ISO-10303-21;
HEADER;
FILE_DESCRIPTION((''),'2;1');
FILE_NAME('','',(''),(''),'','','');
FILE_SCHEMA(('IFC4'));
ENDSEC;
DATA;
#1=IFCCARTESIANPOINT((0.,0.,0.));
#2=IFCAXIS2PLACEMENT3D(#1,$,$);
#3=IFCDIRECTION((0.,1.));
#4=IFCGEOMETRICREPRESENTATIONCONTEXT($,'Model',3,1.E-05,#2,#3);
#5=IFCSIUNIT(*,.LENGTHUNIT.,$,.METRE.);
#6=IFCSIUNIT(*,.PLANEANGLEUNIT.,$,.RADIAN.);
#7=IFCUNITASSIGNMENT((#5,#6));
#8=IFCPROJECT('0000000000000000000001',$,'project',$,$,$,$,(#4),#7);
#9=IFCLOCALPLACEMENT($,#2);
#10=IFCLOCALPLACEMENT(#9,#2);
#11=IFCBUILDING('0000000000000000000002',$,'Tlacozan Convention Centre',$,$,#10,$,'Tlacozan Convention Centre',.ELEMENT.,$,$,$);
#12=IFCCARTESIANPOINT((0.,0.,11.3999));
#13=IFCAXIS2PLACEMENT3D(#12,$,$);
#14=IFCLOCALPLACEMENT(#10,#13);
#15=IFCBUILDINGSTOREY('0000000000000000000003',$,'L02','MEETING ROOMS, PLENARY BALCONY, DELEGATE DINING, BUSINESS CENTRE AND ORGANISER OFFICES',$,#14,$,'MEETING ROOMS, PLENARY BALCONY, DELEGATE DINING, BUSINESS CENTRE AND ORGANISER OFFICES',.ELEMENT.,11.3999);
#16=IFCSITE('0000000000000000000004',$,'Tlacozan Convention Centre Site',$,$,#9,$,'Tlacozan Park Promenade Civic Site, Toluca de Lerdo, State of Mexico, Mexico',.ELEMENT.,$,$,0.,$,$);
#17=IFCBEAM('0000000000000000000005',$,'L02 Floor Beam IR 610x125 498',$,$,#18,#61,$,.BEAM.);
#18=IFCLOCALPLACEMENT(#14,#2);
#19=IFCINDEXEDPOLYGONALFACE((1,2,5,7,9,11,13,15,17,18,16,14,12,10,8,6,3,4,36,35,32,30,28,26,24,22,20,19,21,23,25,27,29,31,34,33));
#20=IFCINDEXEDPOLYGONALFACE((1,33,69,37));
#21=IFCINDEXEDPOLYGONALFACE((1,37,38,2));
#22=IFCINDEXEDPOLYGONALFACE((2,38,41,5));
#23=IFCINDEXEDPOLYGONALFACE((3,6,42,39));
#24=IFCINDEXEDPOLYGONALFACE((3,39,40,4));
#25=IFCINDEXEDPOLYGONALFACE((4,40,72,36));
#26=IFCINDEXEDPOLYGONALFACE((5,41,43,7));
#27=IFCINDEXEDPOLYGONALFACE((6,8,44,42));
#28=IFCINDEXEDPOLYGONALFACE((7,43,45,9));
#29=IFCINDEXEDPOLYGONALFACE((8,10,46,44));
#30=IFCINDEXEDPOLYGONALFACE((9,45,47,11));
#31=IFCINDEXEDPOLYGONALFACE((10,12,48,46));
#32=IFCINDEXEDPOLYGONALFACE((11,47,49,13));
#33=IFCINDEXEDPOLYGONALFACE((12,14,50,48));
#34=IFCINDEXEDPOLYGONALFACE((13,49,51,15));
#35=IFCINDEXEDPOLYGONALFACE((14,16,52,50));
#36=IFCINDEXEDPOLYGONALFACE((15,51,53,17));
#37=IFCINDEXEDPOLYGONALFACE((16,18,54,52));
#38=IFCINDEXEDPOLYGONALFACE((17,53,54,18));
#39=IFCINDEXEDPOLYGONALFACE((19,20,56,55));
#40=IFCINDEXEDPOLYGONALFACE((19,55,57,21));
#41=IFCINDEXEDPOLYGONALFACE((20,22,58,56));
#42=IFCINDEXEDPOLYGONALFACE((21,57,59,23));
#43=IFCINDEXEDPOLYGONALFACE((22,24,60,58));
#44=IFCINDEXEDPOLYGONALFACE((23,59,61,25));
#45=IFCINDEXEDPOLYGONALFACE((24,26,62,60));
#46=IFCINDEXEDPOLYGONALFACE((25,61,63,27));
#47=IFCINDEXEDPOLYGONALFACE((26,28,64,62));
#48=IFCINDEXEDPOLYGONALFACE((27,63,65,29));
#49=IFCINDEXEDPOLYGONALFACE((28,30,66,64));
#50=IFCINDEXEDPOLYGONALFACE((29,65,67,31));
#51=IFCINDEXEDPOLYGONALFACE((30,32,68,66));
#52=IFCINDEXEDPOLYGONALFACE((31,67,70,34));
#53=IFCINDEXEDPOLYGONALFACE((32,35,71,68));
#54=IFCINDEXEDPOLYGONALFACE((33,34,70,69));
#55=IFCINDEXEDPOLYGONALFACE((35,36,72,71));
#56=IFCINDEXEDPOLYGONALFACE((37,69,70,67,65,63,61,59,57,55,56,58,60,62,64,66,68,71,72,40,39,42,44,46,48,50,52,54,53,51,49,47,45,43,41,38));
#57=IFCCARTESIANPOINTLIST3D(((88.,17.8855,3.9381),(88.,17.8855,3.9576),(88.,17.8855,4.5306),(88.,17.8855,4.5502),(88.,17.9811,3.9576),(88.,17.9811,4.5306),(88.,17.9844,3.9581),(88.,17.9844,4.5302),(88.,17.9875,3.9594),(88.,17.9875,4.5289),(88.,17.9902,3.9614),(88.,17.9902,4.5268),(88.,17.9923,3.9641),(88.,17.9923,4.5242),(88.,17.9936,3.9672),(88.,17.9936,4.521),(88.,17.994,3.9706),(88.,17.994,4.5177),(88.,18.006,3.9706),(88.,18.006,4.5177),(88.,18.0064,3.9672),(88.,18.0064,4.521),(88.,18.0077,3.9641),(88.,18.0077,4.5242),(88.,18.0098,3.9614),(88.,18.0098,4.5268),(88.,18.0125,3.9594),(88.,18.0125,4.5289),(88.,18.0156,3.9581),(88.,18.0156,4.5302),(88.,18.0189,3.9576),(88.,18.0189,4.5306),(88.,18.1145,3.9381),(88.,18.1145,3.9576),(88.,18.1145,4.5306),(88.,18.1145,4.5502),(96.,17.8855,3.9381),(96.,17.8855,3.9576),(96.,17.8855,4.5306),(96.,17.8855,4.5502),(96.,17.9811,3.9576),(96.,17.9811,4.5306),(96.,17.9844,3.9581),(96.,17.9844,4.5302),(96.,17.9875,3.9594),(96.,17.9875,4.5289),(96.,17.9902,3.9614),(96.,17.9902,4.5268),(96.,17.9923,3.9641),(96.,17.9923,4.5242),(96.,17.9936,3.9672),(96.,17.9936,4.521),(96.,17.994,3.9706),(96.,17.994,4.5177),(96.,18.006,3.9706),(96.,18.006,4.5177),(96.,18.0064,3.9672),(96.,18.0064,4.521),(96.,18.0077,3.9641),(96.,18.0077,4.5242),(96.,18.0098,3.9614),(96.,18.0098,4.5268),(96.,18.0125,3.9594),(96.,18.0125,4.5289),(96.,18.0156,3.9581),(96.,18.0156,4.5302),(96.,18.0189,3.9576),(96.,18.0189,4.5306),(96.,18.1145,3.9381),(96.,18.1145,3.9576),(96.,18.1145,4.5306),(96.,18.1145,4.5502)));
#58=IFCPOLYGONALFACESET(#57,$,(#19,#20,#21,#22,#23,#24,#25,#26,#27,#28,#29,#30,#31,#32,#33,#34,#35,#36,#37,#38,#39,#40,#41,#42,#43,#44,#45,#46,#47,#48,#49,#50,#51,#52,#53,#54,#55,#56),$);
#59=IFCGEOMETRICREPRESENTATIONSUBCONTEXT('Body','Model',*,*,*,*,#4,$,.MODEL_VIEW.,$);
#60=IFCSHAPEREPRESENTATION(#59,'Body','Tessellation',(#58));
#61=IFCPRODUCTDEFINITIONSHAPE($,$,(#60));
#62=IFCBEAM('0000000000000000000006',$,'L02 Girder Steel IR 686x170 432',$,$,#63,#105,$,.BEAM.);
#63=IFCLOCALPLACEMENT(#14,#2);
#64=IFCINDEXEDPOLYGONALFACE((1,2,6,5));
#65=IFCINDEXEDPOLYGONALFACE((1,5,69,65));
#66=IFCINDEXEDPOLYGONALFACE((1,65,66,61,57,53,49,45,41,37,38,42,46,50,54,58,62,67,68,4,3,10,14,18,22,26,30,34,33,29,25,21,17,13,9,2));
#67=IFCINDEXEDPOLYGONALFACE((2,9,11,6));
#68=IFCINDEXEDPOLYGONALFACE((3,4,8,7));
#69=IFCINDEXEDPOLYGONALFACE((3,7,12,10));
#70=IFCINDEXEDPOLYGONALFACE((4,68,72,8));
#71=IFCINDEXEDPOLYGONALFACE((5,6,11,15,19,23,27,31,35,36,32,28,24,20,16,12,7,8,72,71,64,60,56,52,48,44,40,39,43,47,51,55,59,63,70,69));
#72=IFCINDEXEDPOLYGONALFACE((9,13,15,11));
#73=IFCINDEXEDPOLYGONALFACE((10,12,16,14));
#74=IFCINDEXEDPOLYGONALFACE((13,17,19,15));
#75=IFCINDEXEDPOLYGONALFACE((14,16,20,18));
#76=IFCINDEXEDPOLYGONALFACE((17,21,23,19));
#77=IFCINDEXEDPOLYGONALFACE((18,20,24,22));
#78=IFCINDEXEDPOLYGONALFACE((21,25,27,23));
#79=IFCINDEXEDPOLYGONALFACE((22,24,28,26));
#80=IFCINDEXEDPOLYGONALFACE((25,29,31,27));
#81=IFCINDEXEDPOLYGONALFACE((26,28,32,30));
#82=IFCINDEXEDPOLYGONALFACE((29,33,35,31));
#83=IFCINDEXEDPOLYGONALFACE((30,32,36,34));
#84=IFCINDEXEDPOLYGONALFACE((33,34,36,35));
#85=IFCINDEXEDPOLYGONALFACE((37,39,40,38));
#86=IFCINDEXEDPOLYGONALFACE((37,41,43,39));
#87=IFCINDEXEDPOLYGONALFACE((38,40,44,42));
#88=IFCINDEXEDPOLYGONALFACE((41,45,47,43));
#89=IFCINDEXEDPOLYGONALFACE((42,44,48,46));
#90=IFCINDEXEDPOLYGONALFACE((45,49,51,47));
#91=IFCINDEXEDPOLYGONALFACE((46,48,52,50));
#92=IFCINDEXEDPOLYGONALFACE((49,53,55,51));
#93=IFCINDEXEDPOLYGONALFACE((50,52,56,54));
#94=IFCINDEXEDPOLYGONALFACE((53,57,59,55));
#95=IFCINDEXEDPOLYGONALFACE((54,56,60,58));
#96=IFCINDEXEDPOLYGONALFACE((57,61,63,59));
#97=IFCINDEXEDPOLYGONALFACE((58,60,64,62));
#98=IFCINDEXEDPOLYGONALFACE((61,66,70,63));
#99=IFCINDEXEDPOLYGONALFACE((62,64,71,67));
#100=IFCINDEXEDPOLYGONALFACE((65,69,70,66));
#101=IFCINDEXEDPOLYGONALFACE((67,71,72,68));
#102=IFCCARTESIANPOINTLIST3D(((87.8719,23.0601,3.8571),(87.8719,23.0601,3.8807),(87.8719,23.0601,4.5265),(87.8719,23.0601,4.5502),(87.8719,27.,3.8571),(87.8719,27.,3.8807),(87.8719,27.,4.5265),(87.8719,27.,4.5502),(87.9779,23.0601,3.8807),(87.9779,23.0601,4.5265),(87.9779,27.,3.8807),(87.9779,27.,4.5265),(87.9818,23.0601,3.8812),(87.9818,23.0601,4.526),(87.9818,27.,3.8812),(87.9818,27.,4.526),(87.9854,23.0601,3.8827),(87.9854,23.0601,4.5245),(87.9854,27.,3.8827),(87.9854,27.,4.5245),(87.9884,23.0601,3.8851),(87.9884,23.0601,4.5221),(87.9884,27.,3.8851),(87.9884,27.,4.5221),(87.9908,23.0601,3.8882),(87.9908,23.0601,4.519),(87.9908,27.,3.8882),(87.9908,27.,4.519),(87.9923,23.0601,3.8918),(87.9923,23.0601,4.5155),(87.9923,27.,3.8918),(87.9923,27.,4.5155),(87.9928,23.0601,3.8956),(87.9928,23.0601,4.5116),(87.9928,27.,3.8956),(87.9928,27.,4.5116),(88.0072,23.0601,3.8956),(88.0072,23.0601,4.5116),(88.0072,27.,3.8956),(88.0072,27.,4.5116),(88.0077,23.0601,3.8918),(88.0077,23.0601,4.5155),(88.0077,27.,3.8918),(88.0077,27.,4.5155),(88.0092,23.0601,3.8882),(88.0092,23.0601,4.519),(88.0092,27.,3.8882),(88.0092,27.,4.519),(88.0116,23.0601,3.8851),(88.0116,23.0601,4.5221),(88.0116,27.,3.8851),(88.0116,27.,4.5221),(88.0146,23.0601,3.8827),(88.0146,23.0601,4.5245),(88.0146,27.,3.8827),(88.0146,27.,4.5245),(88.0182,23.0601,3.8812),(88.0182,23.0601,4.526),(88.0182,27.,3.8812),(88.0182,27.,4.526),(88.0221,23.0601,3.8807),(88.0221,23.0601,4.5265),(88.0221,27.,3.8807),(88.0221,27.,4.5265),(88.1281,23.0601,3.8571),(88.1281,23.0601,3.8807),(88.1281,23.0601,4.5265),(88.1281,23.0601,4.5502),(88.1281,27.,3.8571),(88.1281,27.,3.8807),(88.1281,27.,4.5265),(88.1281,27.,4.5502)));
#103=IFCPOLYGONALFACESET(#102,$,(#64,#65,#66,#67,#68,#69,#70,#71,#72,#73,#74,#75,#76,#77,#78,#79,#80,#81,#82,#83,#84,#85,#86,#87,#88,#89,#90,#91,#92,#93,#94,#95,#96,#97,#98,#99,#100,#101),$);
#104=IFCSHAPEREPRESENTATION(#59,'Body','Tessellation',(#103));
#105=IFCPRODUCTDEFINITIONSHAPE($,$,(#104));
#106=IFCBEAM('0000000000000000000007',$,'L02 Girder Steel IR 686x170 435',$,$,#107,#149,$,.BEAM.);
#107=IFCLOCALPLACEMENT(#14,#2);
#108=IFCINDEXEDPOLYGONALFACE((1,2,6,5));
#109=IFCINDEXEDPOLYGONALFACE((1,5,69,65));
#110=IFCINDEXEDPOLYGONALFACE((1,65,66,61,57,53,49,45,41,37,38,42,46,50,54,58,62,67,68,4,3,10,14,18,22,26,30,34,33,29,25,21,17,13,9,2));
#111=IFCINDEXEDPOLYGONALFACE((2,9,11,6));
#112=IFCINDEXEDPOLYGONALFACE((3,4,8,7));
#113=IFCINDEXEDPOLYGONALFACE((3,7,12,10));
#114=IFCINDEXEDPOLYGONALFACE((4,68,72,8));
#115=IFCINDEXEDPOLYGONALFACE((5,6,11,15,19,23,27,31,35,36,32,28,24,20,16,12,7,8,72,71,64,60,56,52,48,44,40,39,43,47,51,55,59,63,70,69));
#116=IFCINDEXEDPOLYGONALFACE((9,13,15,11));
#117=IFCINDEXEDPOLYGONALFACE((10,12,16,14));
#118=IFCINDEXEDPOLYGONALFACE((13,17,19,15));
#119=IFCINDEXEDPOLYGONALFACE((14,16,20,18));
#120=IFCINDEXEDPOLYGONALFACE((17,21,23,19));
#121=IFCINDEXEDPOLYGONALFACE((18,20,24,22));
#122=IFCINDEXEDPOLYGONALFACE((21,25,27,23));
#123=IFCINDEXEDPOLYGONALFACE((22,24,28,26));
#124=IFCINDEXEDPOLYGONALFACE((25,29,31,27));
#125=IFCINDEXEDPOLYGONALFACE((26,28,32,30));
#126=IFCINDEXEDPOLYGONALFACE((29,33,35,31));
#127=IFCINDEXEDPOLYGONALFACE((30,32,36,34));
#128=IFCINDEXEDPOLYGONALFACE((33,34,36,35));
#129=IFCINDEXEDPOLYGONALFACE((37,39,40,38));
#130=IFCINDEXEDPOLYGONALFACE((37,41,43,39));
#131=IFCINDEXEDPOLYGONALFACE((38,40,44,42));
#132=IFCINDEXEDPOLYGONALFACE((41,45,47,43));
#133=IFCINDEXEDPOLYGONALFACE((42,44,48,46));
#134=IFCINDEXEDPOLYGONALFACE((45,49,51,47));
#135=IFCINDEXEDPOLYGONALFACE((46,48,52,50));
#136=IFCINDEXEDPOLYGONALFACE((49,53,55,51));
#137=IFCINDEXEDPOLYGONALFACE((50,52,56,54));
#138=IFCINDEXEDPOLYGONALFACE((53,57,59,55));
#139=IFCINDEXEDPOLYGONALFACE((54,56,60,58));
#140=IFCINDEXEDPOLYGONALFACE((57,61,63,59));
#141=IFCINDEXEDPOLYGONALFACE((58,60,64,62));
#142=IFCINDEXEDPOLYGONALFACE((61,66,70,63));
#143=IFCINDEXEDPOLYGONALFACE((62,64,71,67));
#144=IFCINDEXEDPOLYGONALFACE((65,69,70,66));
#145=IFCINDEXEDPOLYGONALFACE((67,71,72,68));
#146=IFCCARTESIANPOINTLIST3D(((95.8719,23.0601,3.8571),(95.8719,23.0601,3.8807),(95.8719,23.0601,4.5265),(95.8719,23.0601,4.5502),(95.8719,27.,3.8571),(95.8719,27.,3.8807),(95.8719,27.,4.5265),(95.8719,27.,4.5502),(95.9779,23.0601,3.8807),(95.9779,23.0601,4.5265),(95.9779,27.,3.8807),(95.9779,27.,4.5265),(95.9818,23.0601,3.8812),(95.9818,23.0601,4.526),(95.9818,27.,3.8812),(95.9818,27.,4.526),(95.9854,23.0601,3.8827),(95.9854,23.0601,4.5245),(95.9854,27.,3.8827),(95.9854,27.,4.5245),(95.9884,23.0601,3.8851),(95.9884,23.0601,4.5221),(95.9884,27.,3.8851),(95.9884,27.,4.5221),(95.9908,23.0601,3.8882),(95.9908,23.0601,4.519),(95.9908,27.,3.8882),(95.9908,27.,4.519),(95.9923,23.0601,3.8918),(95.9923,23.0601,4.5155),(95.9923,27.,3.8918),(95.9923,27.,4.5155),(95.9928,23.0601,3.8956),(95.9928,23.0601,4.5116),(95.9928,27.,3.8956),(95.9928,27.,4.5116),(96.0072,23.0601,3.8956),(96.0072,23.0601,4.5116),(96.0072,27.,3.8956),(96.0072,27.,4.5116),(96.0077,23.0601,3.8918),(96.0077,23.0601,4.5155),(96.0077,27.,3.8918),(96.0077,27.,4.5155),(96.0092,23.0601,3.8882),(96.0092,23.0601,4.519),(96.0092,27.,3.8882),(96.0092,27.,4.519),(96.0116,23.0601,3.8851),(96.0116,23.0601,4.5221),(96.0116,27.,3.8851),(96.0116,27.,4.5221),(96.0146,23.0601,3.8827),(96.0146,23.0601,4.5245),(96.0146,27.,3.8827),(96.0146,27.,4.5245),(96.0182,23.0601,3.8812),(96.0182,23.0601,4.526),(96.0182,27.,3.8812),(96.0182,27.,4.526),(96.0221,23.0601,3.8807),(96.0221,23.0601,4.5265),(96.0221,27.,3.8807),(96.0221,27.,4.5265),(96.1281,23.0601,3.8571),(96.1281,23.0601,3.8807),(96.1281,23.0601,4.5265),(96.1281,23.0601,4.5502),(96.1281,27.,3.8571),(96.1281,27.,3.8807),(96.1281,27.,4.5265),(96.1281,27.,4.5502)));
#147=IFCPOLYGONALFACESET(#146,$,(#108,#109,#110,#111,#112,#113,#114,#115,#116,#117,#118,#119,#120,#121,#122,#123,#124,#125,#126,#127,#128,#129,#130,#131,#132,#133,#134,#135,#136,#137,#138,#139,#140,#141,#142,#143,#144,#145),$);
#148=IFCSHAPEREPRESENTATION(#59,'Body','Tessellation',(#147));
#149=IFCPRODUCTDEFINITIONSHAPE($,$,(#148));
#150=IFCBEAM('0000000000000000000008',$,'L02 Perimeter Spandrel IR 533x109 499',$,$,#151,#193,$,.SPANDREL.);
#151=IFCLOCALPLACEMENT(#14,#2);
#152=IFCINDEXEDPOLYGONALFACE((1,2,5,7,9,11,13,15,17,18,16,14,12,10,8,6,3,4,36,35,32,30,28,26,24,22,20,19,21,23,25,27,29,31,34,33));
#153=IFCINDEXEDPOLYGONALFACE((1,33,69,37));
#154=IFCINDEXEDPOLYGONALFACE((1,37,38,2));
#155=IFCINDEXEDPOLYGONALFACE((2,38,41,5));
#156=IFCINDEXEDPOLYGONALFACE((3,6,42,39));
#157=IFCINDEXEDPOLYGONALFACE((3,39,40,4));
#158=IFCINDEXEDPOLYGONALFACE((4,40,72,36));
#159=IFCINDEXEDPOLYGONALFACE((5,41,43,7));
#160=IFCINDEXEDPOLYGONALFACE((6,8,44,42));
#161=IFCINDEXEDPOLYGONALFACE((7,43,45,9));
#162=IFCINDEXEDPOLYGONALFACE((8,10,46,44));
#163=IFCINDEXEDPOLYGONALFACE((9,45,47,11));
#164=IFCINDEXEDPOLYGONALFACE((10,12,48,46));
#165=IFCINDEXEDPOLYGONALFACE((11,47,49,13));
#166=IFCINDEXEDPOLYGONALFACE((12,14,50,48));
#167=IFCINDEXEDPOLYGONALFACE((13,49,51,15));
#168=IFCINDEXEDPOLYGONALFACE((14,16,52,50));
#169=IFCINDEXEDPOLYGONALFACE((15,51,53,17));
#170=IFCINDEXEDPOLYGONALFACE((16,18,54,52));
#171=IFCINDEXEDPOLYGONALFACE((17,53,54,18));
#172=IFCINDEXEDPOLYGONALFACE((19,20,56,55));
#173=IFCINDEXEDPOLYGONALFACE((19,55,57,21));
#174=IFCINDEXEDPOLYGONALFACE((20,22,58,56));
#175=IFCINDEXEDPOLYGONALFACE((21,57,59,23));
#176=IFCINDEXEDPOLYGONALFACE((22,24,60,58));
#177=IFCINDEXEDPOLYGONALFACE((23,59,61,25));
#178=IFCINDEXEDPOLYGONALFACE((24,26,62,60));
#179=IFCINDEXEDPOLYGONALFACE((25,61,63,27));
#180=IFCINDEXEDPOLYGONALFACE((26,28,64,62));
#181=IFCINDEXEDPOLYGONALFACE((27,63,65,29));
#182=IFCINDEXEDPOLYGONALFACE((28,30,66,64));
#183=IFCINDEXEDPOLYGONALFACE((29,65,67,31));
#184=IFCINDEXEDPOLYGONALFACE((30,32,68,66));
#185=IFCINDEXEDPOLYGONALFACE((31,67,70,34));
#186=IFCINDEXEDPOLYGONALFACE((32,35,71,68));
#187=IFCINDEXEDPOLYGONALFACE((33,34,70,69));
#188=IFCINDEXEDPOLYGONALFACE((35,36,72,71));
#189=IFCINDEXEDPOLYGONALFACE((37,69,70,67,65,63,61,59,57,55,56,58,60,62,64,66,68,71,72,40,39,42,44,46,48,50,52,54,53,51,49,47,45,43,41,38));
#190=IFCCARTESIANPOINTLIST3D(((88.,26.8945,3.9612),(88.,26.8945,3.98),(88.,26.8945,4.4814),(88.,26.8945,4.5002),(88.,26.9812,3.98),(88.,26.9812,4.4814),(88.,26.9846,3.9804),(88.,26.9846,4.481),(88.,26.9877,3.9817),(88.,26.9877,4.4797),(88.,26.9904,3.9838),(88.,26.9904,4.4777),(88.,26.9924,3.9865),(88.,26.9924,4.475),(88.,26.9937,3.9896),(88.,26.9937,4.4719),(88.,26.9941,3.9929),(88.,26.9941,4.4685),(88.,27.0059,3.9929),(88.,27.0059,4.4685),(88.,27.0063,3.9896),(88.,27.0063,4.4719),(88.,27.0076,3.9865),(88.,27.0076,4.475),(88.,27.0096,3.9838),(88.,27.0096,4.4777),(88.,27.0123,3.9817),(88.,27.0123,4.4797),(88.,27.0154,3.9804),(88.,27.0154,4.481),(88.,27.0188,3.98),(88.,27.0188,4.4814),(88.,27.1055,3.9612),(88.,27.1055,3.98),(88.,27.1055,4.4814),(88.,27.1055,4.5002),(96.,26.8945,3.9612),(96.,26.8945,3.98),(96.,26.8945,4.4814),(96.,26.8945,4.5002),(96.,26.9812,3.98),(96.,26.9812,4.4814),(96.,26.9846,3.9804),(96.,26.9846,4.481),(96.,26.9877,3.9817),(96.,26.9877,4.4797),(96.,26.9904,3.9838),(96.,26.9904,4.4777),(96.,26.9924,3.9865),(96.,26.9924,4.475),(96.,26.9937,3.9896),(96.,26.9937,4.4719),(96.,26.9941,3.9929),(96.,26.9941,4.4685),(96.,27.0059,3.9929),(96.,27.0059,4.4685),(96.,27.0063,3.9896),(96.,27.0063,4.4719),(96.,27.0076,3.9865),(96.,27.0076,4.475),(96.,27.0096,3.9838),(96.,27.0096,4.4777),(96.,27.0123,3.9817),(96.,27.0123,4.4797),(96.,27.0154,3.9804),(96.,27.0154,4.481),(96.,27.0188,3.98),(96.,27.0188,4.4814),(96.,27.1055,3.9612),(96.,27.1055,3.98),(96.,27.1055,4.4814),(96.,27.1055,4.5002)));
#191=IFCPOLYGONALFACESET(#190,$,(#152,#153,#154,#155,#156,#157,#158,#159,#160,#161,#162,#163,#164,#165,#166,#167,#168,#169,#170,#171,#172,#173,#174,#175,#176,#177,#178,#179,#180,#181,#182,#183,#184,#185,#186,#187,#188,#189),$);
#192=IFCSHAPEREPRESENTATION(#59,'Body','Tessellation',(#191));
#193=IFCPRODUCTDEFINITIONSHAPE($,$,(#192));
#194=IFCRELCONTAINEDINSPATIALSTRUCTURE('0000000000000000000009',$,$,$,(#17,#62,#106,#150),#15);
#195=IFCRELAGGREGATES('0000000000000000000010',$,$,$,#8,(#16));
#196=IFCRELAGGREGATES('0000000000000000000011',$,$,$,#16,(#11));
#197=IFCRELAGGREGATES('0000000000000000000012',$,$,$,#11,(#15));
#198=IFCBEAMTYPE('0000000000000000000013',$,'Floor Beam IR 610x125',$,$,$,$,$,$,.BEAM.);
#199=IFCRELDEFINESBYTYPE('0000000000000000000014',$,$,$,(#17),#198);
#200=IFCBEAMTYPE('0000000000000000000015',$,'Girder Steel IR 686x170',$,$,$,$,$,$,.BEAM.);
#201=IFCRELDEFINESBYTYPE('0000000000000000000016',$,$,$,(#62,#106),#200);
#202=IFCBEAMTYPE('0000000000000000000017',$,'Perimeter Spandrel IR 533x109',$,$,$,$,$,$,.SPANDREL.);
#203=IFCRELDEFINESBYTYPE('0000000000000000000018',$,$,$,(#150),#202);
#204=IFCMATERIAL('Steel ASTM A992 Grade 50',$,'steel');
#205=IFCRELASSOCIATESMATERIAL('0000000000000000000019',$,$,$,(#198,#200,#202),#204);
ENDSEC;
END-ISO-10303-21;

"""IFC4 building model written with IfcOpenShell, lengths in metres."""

from ifc_helpers import new_model, si_unit, direction, frame, origin, origin_2d, place, context, subcontext, project, spatial, i_section, extrude, material, material_profile, profile_set, type_object, element, save


model = new_model("IFC4")

# Units and contexts
model_context = context("Model", 3, precision=1e-05, world=origin(), true_north=direction((0.0, 1.0)))
body_context = subcontext(model_context, "Body", "Model", "MODEL_VIEW")
ifc_project = project(units=[si_unit("LENGTHUNIT", "METRE"), si_unit("PLANEANGLEUNIT", "RADIAN")], contexts=[model_context])

# Site, building, storey
site_placement = place(None, origin())
site = spatial("IfcSite", under=ifc_project, at=site_placement, Name="Tlacozan Convention Centre Site", LongName="Tlacozan Park Promenade Civic Site, Toluca de Lerdo, State of Mexico, Mexico", CompositionType="ELEMENT", RefElevation=0.0)
building_placement = place(site_placement, origin())
building = spatial("IfcBuilding", under=site, at=building_placement, Name="Tlacozan Convention Centre", LongName="Tlacozan Convention Centre", CompositionType="ELEMENT")
storey_placement = place(building_placement, frame((0.0, 0.0, 11.3999)))
storey = spatial("IfcBuildingStorey", under=building, at=storey_placement, Name="L02", Description="MEETING ROOMS, PLENARY BALCONY, DELEGATE DINING, BUSINESS CENTRE AND ORGANISER OFFICES", LongName="MEETING ROOMS, PLENARY BALCONY, DELEGATE DINING, BUSINESS CENTRE AND ORGANISER OFFICES", CompositionType="ELEMENT", Elevation=11.3999)

# Beams
ifc_material_1 = material(Name="Steel ASTM A992 Grade 50", Category="steel")
ifc_material_profile_1 = material_profile(ifc_material_1, i_section(OverallWidth=0.229, OverallDepth=0.6121, WebThickness=0.012, FlangeThickness=0.0195, FilletRadius=0.0129, at=origin_2d()), Name="IR 610x125.0")
ifc_profile_set_1 = profile_set([ifc_material_profile_1], Name="Steel ASTM A992 Grade 50")
beam_type_1 = type_object("IfcBeamType", Name="Floor Beam IR 610x125", PredefinedType="BEAM", material=ifc_profile_set_1)
beam_1_placement = place(storey_placement, frame((88.0, 18.0, 4.2441), z_axis=(1.0, 0.0, 0.0), x_axis=(0.0, 1.0, 0.0)))
element("IfcBeam", 1, at=beam_1_placement, inside=storey, type_object=beam_type_1, Name="L02 Floor Beam IR 610x125 498", PredefinedType="BEAM", context=body_context, shape_type="SweptSolid", body=[
    extrude(i_section(OverallWidth=0.229, OverallDepth=0.6121, WebThickness=0.012, FlangeThickness=0.0195, FilletRadius=0.0129, at=origin_2d()), origin(), (0.0, 0.0, 1.0), 8.0),
])
ifc_material_profile_2 = material_profile(ifc_material_1, i_section(OverallWidth=0.2561, OverallDepth=0.6931, WebThickness=0.0144, FlangeThickness=0.0237, FilletRadius=0.0149, at=origin_2d()), Name="IR 686x170.0")
ifc_profile_set_2 = profile_set([ifc_material_profile_2], Name="Steel ASTM A992 Grade 50")
beam_type_2 = type_object("IfcBeamType", Name="Girder Steel IR 686x170", PredefinedType="BEAM", material=ifc_profile_set_2)
for number, where, z_axis, x_axis, name in (
    (2, (88.0, 23.0601, 4.2036), (0.0, 1.0, 0.0), (-1.0, 0.0, 0.0), "L02 Girder Steel IR 686x170 432"),
    (3, (96.0, 23.0601, 4.2036), (0.0, 1.0, 0.0), (-1.0, 0.0, 0.0), "L02 Girder Steel IR 686x170 435"),
):
    element("IfcBeam", number, at=place(storey_placement, frame(where, z_axis=z_axis, x_axis=x_axis)), inside=storey, type_object=beam_type_2, Name=name, PredefinedType="BEAM", context=body_context, shape_type="SweptSolid", body=[
        extrude(i_section(OverallWidth=0.2561, OverallDepth=0.6931, WebThickness=0.0144, FlangeThickness=0.0237, FilletRadius=0.0149, at=origin_2d()), origin(), (0.0, 0.0, 1.0), 3.9399),
    ])
ifc_material_profile_3 = material_profile(ifc_material_1, i_section(OverallWidth=0.2109, OverallDepth=0.5391, WebThickness=0.0117, FlangeThickness=0.0188, FilletRadius=0.0129, at=origin_2d()), Name="IR 533x109.0")
ifc_profile_set_3 = profile_set([ifc_material_profile_3], Name="Steel ASTM A992 Grade 50")
beam_type_3 = type_object("IfcBeamType", Name="Perimeter Spandrel IR 533x109", PredefinedType="SPANDREL", material=ifc_profile_set_3)
beam_2_placement = place(storey_placement, frame((88.0, 27.0, 4.2307), z_axis=(1.0, 0.0, 0.0), x_axis=(0.0, 1.0, 0.0)))
element("IfcBeam", 4, at=beam_2_placement, inside=storey, type_object=beam_type_3, Name="L02 Perimeter Spandrel IR 533x109 499", PredefinedType="SPANDREL", context=body_context, shape_type="SweptSolid", body=[
    extrude(i_section(OverallWidth=0.2109, OverallDepth=0.5391, WebThickness=0.0117, FlangeThickness=0.0188, FilletRadius=0.0129, at=origin_2d()), origin(), (0.0, 0.0, 1.0), 8.0),
])

save(model, "model.ifc")
